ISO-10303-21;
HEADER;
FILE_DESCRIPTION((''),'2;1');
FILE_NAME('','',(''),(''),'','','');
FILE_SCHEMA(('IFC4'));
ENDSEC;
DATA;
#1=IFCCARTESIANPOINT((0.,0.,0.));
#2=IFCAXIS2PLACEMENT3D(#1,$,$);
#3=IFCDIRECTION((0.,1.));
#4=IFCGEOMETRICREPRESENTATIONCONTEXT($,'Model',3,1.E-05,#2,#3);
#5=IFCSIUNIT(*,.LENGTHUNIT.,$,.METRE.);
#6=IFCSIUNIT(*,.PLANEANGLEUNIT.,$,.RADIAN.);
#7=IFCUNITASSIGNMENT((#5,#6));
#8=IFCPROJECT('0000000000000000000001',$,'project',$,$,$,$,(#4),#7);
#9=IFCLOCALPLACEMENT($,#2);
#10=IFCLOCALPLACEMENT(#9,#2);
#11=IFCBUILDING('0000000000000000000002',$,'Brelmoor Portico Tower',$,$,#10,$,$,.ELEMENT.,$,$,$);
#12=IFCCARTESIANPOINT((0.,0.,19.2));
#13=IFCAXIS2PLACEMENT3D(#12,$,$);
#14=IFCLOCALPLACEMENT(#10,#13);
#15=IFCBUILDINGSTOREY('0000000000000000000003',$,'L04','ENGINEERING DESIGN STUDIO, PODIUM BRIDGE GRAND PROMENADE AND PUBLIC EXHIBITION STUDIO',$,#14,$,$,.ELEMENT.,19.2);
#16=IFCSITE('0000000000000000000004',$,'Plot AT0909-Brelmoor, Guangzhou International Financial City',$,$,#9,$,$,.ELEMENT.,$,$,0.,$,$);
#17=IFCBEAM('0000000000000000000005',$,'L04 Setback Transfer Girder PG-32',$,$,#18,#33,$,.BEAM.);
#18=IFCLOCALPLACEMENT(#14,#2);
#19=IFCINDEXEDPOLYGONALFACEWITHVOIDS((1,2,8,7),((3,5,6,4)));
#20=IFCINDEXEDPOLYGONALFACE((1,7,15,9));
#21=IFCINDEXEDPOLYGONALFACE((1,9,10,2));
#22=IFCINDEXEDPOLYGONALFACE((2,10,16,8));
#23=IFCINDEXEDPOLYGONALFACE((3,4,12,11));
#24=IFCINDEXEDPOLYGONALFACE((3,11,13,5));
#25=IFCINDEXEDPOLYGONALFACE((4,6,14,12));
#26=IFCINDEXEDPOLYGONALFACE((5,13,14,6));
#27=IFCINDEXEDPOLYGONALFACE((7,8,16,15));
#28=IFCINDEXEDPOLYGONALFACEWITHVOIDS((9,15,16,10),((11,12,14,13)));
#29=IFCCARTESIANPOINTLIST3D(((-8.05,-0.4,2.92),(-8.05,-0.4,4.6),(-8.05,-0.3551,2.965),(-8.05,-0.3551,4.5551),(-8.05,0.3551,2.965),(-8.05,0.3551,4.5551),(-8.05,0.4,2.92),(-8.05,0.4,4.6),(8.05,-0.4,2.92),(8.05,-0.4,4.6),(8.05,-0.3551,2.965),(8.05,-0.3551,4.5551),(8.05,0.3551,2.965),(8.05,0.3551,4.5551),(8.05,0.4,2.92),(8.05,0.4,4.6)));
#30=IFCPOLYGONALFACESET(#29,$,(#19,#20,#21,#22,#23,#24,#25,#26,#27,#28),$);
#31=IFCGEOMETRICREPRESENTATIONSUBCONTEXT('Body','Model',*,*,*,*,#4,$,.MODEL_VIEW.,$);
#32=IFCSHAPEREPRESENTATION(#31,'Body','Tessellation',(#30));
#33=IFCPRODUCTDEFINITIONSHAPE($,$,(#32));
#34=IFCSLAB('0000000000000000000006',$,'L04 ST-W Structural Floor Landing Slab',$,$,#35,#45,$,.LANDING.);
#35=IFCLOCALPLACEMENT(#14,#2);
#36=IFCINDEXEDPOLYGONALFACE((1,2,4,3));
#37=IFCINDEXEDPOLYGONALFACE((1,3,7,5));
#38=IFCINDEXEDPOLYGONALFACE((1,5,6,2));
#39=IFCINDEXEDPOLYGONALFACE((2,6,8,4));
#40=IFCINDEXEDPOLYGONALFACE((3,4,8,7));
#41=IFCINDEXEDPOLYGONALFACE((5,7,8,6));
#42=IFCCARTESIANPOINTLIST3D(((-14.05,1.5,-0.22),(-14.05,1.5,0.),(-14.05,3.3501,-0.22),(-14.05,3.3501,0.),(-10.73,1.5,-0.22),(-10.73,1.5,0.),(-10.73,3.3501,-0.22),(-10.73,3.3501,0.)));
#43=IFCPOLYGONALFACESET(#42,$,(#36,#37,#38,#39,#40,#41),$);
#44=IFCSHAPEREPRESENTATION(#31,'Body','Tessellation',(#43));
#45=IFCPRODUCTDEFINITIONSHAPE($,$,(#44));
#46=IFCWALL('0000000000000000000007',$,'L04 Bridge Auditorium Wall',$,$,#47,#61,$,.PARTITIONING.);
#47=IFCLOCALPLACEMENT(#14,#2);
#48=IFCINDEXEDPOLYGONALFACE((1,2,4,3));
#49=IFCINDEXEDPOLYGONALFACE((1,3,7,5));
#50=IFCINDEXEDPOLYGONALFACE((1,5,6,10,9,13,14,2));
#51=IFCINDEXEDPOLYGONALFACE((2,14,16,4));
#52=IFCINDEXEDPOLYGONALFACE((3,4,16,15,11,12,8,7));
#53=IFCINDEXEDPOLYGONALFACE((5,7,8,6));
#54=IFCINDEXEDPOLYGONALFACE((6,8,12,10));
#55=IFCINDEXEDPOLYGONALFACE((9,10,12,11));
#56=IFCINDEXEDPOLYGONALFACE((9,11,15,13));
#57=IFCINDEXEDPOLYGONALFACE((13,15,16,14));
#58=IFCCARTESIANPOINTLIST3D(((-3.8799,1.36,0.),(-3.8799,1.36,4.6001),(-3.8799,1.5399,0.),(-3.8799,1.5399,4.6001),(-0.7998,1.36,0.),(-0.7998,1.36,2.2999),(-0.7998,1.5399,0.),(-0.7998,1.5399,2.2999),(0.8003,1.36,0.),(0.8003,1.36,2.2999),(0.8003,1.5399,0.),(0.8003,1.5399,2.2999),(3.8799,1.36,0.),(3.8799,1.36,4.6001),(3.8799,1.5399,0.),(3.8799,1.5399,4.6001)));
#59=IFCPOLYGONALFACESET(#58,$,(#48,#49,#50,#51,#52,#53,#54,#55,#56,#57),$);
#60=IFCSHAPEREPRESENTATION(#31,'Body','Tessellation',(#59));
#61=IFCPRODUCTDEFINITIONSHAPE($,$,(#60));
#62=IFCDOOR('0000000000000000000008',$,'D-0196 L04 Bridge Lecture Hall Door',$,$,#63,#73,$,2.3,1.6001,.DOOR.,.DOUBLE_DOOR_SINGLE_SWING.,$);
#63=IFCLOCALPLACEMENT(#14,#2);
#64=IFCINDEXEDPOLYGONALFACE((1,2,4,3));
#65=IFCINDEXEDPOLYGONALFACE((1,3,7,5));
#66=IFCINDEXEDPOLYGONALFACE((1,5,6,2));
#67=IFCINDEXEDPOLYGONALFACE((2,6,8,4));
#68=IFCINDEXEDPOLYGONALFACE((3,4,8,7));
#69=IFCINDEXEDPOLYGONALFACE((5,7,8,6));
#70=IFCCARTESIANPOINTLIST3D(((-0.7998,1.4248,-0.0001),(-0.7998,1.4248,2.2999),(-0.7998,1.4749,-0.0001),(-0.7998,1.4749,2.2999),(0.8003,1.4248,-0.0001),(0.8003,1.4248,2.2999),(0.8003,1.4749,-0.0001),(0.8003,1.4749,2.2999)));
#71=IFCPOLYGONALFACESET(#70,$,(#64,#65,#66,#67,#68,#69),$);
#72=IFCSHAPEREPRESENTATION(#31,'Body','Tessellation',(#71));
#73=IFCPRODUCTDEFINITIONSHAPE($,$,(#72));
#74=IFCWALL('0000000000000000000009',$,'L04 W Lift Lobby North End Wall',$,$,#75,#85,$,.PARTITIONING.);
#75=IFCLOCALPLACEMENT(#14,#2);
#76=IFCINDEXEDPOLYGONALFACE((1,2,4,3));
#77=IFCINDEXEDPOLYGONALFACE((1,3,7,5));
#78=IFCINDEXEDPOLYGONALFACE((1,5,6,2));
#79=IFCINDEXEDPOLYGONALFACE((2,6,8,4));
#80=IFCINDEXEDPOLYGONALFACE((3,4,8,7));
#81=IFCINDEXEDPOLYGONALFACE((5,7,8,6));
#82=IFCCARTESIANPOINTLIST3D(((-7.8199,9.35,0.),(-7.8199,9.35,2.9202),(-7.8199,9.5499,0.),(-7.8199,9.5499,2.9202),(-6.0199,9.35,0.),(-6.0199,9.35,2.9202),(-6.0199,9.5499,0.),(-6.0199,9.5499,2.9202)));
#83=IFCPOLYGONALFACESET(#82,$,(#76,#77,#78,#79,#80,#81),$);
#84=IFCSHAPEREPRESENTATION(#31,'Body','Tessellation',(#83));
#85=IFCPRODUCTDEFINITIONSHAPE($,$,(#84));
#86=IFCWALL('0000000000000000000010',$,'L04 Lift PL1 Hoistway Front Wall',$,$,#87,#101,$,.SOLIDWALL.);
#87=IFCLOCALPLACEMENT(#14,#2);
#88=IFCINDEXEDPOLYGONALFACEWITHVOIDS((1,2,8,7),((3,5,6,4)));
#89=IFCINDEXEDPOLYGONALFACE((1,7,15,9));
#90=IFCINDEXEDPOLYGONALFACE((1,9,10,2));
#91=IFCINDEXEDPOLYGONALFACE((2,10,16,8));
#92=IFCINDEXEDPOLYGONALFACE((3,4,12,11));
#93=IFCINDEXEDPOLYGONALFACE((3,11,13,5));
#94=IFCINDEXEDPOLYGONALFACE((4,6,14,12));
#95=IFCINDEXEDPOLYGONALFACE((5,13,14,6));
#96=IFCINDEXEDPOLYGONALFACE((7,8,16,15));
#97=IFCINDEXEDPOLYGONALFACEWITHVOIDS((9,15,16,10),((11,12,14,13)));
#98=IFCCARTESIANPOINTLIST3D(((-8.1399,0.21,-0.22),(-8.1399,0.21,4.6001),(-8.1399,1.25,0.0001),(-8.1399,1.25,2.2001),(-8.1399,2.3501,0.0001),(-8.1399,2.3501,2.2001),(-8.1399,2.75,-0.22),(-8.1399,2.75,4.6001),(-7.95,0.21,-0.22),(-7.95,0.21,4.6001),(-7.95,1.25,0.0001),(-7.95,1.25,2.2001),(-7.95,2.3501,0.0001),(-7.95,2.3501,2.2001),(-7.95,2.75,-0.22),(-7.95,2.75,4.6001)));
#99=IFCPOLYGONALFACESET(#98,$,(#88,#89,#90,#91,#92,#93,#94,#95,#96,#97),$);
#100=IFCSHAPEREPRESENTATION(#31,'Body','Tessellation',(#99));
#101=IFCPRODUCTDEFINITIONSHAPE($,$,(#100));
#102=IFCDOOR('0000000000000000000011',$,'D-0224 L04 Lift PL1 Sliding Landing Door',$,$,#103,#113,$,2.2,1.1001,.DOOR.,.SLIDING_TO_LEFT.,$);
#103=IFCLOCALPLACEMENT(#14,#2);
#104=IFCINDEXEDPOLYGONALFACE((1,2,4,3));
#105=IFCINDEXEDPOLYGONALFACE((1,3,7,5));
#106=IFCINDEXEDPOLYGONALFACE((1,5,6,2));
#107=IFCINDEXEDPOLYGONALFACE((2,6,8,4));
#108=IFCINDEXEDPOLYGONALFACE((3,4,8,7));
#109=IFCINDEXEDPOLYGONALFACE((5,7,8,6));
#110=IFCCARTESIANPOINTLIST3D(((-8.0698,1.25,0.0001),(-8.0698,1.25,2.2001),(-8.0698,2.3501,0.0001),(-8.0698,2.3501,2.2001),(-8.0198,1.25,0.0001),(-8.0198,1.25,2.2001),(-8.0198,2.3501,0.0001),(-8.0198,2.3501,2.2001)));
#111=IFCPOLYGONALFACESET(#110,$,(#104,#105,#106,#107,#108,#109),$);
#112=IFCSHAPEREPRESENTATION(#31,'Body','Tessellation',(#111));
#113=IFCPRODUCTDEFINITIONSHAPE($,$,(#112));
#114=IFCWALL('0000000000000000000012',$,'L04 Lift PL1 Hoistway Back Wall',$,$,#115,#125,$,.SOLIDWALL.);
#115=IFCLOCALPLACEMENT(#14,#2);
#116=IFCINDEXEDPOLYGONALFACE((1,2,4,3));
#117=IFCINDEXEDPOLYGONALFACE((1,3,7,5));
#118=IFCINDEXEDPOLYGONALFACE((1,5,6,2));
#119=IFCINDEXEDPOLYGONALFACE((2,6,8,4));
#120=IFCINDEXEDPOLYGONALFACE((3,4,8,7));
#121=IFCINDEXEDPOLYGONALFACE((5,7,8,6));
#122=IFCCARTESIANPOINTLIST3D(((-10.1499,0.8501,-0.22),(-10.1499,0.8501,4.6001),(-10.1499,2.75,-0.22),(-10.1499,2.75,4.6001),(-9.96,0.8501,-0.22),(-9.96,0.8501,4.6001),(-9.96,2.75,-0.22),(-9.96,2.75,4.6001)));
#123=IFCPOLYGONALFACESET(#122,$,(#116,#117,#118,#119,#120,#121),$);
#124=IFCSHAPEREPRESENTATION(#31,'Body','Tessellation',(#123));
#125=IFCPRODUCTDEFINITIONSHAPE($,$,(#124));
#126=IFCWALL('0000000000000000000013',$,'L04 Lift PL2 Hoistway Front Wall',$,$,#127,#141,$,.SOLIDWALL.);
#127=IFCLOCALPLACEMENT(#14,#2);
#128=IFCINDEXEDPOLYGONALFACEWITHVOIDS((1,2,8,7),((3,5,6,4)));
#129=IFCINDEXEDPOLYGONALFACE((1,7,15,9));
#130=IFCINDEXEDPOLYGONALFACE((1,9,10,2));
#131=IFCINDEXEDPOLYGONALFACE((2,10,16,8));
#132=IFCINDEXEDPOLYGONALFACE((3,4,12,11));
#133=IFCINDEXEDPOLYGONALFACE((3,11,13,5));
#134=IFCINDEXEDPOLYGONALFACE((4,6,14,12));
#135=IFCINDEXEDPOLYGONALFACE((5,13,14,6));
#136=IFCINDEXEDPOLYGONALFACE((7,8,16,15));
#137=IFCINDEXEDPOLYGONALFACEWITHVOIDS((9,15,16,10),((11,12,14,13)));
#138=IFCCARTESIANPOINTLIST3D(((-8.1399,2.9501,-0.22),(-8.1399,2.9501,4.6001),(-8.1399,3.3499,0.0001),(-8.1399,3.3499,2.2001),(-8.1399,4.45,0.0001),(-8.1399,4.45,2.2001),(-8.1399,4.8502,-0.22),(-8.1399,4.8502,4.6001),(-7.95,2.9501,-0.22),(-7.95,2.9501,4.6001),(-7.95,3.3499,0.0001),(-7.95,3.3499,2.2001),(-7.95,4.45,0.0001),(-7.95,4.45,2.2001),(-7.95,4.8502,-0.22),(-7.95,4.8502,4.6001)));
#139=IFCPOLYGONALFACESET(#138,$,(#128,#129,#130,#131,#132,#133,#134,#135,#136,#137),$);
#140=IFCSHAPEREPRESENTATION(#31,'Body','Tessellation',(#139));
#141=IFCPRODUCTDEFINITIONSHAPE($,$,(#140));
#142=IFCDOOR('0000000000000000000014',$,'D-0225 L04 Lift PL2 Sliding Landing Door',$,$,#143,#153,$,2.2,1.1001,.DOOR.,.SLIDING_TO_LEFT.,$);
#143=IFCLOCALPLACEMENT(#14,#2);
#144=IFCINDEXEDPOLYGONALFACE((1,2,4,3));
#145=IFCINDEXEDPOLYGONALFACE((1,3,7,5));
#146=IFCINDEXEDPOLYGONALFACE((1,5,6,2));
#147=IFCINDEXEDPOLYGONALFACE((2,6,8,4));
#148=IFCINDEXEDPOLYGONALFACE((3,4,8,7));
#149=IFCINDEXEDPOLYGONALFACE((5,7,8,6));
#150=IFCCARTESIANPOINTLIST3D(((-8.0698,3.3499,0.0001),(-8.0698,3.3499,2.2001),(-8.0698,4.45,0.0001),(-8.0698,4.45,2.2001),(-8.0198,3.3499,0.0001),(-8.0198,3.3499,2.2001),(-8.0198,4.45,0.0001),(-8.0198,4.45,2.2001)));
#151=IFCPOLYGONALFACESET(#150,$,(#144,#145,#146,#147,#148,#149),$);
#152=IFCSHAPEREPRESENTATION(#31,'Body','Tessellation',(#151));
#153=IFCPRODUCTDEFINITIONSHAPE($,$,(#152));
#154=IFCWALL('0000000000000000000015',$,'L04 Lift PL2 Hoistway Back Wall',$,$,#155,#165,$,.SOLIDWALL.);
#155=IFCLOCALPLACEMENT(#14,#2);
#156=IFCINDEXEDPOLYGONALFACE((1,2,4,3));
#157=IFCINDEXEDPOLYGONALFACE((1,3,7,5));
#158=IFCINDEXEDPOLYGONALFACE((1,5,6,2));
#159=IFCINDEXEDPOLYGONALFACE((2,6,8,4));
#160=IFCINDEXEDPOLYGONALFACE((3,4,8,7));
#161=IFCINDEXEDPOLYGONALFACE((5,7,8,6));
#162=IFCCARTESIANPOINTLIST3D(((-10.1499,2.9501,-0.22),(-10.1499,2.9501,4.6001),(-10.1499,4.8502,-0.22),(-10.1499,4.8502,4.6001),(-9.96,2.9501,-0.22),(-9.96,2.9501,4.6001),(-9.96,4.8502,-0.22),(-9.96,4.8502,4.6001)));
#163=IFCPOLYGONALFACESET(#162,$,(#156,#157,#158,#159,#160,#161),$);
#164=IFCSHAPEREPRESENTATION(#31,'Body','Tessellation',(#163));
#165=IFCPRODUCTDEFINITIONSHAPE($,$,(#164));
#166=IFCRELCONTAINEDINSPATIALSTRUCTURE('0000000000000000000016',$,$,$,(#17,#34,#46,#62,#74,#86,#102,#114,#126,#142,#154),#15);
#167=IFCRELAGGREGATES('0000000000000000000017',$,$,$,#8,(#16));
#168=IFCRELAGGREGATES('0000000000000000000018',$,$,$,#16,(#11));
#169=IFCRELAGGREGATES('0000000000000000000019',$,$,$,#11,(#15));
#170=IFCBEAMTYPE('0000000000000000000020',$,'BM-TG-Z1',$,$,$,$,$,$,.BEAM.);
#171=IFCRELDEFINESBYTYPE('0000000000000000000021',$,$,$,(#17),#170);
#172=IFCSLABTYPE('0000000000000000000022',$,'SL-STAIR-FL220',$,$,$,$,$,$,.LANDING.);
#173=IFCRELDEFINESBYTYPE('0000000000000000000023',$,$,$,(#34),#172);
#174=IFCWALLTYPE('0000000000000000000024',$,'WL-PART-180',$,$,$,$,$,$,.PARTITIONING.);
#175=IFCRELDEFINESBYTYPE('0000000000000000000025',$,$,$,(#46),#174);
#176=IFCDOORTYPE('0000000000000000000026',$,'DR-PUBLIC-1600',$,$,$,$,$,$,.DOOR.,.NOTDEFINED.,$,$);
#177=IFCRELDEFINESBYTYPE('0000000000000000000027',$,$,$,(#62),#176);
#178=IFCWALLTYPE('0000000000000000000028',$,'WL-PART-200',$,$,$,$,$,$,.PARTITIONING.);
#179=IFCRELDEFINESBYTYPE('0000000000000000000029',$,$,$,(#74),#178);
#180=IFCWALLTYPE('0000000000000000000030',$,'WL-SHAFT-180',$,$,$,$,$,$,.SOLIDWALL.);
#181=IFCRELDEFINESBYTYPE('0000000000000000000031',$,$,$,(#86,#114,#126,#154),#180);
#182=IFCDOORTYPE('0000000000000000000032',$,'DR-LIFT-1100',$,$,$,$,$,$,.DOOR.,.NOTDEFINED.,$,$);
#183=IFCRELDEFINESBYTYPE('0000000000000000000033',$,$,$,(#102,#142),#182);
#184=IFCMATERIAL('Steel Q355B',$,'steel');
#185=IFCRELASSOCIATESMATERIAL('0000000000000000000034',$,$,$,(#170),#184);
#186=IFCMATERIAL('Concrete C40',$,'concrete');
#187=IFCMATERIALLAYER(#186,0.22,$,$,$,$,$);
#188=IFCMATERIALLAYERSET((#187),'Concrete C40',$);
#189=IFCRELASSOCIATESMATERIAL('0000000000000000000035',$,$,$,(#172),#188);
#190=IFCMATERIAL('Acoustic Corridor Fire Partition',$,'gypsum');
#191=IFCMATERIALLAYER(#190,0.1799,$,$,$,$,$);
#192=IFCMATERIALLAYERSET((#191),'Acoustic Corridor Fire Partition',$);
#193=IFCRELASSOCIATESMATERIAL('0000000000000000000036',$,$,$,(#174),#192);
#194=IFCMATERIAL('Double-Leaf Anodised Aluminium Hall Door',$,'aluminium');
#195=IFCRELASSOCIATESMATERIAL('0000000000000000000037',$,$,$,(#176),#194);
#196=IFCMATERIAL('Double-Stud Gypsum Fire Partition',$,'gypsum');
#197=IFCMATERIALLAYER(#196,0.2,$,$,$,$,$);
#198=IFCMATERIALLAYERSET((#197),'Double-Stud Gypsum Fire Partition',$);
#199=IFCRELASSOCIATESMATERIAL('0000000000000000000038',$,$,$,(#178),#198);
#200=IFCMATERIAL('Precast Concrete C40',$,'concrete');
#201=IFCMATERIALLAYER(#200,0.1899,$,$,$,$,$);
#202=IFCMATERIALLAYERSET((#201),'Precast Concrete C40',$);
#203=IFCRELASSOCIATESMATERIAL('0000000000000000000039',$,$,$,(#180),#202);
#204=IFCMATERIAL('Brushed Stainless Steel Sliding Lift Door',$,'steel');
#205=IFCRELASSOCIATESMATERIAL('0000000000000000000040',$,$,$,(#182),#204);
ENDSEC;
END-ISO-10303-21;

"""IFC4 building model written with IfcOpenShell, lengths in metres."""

from ifc_helpers import new_model, si_unit, direction, frame, frame_2d, origin, origin_2d, place, context, subcontext, project, spatial, polyline, rectangle, hollow_rectangle, outline, extrude, material, layer, layer_set, material_profile, profile_set, type_object, element, fill, save


model = new_model("IFC4")

# Units and contexts
model_context = context("Model", 3, precision=1e-05, world=origin(), true_north=direction((0.0, 1.0)))
body_context = subcontext(model_context, "Body", "Model", "MODEL_VIEW")
ifc_project = project(units=[si_unit("LENGTHUNIT", "METRE"), si_unit("PLANEANGLEUNIT", "RADIAN")], contexts=[model_context])

# Site, building, storey
site_placement = place(None, origin())
site = spatial("IfcSite", under=ifc_project, at=site_placement, Name="Plot AT0909-Brelmoor, Guangzhou International Financial City", CompositionType="ELEMENT", RefElevation=0.0)
building_placement = place(site_placement, origin())
building = spatial("IfcBuilding", under=site, at=building_placement, Name="Brelmoor Portico Tower", CompositionType="ELEMENT")
storey_placement = place(building_placement, frame((0.0, 0.0, 19.2)))
storey = spatial("IfcBuildingStorey", under=building, at=storey_placement, Name="L04", Description="ENGINEERING DESIGN STUDIO, PODIUM BRIDGE GRAND PROMENADE AND PUBLIC EXHIBITION STUDIO", CompositionType="ELEMENT", Elevation=19.2)

# Beam
ifc_material_1 = material(Name="Steel Q355B", Category="steel")
ifc_material_profile = material_profile(ifc_material_1, hollow_rectangle(XDim=0.8, YDim=1.6799, WallThickness=0.0449, at=origin_2d()), Name="BOX 800x1680x45")
ifc_profile_set = profile_set([ifc_material_profile], Name="Steel Q355B")
beam_type = type_object("IfcBeamType", Name="BM-TG-Z1", PredefinedType="BEAM", material=ifc_profile_set)
beam_placement = place(storey_placement, frame((-8.05, 0.0, 3.76), z_axis=(1.0, 0.0, 0.0), x_axis=(0.0, 1.0, 0.0)))
element("IfcBeam", 1, at=beam_placement, inside=storey, type_object=beam_type, Name="L04 Setback Transfer Girder PG-32", PredefinedType="BEAM", context=body_context, shape_type="SweptSolid", body=[
    extrude(hollow_rectangle(XDim=0.8, YDim=1.6799, WallThickness=0.0449, at=origin_2d()), origin(), (0.0, 0.0, 1.0), 16.1001),
])

# Slab
ifc_material_2 = material(Name="Concrete C40", Category="concrete")
ifc_layer_1 = layer(ifc_material_2, 0.22)
ifc_layer_set_1 = layer_set([ifc_layer_1], Name="Concrete C40")
slab_type = type_object("IfcSlabType", Name="SL-STAIR-FL220", PredefinedType="LANDING", material=ifc_layer_set_1)
slab_placement = place(storey_placement, frame((0.0, 0.0, -0.22)))
element("IfcSlab", 2, at=slab_placement, inside=storey, type_object=slab_type, Name="L04 ST-W Structural Floor Landing Slab", PredefinedType="LANDING", context=body_context, shape_type="SweptSolid", body=[
    extrude(outline(polyline([(-10.73, 1.5), (-10.73, 3.3501), (-14.05, 3.3501), (-14.05, 1.5), (-10.73, 1.5)])), origin(), (0.0, 0.0, 1.0), 0.22),
])

# Wall, opening, door
ifc_material_3 = material(Name="Acoustic Corridor Fire Partition", Category="gypsum")
ifc_layer_2 = layer(ifc_material_3, 0.1799)
ifc_layer_set_2 = layer_set([ifc_layer_2], Name="Acoustic Corridor Fire Partition")
wall_type_1 = type_object("IfcWallType", Name="WL-PART-180", PredefinedType="PARTITIONING", material=ifc_layer_set_2)
wall_1_placement = place(storey_placement, frame((-3.8799, 1.45, 0.0), z_axis=(0.0, 0.0, 1.0), x_axis=(1.0, 0.0, 0.0)))
wall_1 = element("IfcWall", 3, at=wall_1_placement, inside=storey, type_object=wall_type_1, Name="L04 Bridge Auditorium Wall", PredefinedType="PARTITIONING", context=body_context, shape_type="SweptSolid", body=[
    extrude(rectangle(XDim=7.7598, YDim=0.1799, at=frame_2d((3.8799, 0.0))), origin(), (0.0, 0.0, 1.0), 4.6001),
])
opening_1_placement = place(wall_1_placement, frame((3.0801, 0.0, 0.0)))
opening_1 = element("IfcOpeningElement", 4, at=opening_1_placement, cuts=wall_1, PredefinedType="OPENING", context=body_context, shape_type="SweptSolid", body=[
    extrude(rectangle(XDim=1.6001, YDim=2.3, at=frame_2d((0.8, 1.1499))), frame((0.0, 0.0999, 0.0), z_axis=(0.0, -1.0, 0.0), x_axis=(1.0, 0.0, 0.0)), (0.0, 0.0, 1.0), 0.2),
])
ifc_material_4 = material(Name="Double-Leaf Anodised Aluminium Hall Door", Category="aluminium")
door_type_1 = type_object("IfcDoorType", Name="DR-PUBLIC-1600", OperationType="NOTDEFINED", PredefinedType="DOOR", material=ifc_material_4)
door_1_placement = place(opening_1_placement, origin())
door_1 = element("IfcDoor", 5, at=door_1_placement, inside=storey, type_object=door_type_1, Name="D-0196 L04 Bridge Lecture Hall Door", OperationType="DOUBLE_DOOR_SINGLE_SWING", OverallHeight=2.3, OverallWidth=1.6001, PredefinedType="DOOR", context=body_context, shape_type="SweptSolid", body=[
    extrude(rectangle(XDim=1.6001, YDim=2.3, at=frame_2d((0.8, 1.1499))), frame((0.0, 0.0249, 0.0), z_axis=(0.0, -1.0, 0.0), x_axis=(1.0, 0.0, 0.0)), (0.0, 0.0, 1.0), 0.05),
])
fill(opening_1, door_1)

# Wall
ifc_material_5 = material(Name="Double-Stud Gypsum Fire Partition", Category="gypsum")
ifc_layer_3 = layer(ifc_material_5, 0.2)
ifc_layer_set_3 = layer_set([ifc_layer_3], Name="Double-Stud Gypsum Fire Partition")
wall_type_2 = type_object("IfcWallType", Name="WL-PART-200", PredefinedType="PARTITIONING", material=ifc_layer_set_3)
wall_2_placement = place(storey_placement, frame((-6.02, 9.45, 0.0), z_axis=(0.0, 0.0, 1.0), x_axis=(-1.0, 0.0, 0.0)))
element("IfcWall", 6, at=wall_2_placement, inside=storey, type_object=wall_type_2, Name="L04 W Lift Lobby North End Wall", PredefinedType="PARTITIONING", context=body_context, shape_type="SweptSolid", body=[
    extrude(rectangle(XDim=1.8, YDim=0.2, at=frame_2d((0.8999, 0.0))), origin(), (0.0, 0.0, 1.0), 2.9202),
])

# Wall, opening, door
ifc_material_6 = material(Name="Precast Concrete C40", Category="concrete")
ifc_layer_4 = layer(ifc_material_6, 0.1899)
ifc_layer_set_4 = layer_set([ifc_layer_4], Name="Precast Concrete C40")
wall_type_3 = type_object("IfcWallType", Name="WL-SHAFT-180", PredefinedType="SOLIDWALL", material=ifc_layer_set_4)
wall_3_placement = place(storey_placement, frame((-8.0449, 0.21, -0.22), z_axis=(0.0, 0.0, 1.0), x_axis=(0.0, 1.0, 0.0)))
wall_3 = element("IfcWall", 7, at=wall_3_placement, inside=storey, type_object=wall_type_3, Name="L04 Lift PL1 Hoistway Front Wall", PredefinedType="SOLIDWALL", context=body_context, shape_type="SweptSolid", body=[
    extrude(rectangle(XDim=2.54, YDim=0.1899, at=frame_2d((1.27, 0.0))), origin(), (0.0, 0.0, 1.0), 4.8201),
])
opening_2_placement = place(wall_3_placement, frame((1.04, 0.0, 0.22)))
opening_2 = element("IfcOpeningElement", 8, at=opening_2_placement, cuts=wall_3, PredefinedType="OPENING", context=body_context, shape_type="SweptSolid", body=[
    extrude(rectangle(XDim=1.1001, YDim=2.2, at=frame_2d((0.55, 1.1001))), frame((0.0, 0.105, 0.0), z_axis=(0.0, -1.0, 0.0), x_axis=(1.0, 0.0, 0.0)), (0.0, 0.0, 1.0), 0.21),
])
ifc_material_7 = material(Name="Brushed Stainless Steel Sliding Lift Door", Category="steel")
door_type_2 = type_object("IfcDoorType", Name="DR-LIFT-1100", OperationType="NOTDEFINED", PredefinedType="DOOR", material=ifc_material_7)
door_2_placement = place(opening_2_placement, origin())
door_2 = element("IfcDoor", 9, at=door_2_placement, inside=storey, type_object=door_type_2, Name="D-0224 L04 Lift PL1 Sliding Landing Door", OperationType="SLIDING_TO_LEFT", OverallHeight=2.2, OverallWidth=1.1001, PredefinedType="DOOR", context=body_context, shape_type="SweptSolid", body=[
    extrude(rectangle(XDim=1.1001, YDim=2.2, at=frame_2d((0.55, 1.1001))), frame((0.0, 0.0249, 0.0), z_axis=(0.0, -1.0, 0.0), x_axis=(1.0, 0.0, 0.0)), (0.0, 0.0, 1.0), 0.05),
])
fill(opening_2, door_2)

# Wall
wall_4_placement = place(storey_placement, frame((-10.0549, 0.8501, -0.22), z_axis=(0.0, 0.0, 1.0), x_axis=(0.0, 1.0, 0.0)))
element("IfcWall", 10, at=wall_4_placement, inside=storey, type_object=wall_type_3, Name="L04 Lift PL1 Hoistway Back Wall", PredefinedType="SOLIDWALL", context=body_context, shape_type="SweptSolid", body=[
    extrude(rectangle(XDim=1.8999, YDim=0.1899, at=frame_2d((0.95, 0.0))), origin(), (0.0, 0.0, 1.0), 4.8201),
])

# Wall, opening, door
wall_5_placement = place(storey_placement, frame((-8.0449, 2.95, -0.22), z_axis=(0.0, 0.0, 1.0), x_axis=(0.0, 1.0, 0.0)))
wall_5 = element("IfcWall", 11, at=wall_5_placement, inside=storey, type_object=wall_type_3, Name="L04 Lift PL2 Hoistway Front Wall", PredefinedType="SOLIDWALL", context=body_context, shape_type="SweptSolid", body=[
    extrude(rectangle(XDim=1.9001, YDim=0.1899, at=frame_2d((0.9502, 0.0))), origin(), (0.0, 0.0, 1.0), 4.8201),
])
opening_3_placement = place(wall_5_placement, frame((0.3999, 0.0, 0.22)))
opening_3 = element("IfcOpeningElement", 12, at=opening_3_placement, cuts=wall_5, PredefinedType="OPENING", context=body_context, shape_type="SweptSolid", body=[
    extrude(rectangle(XDim=1.1001, YDim=2.2, at=frame_2d((0.55, 1.1001))), frame((0.0, 0.105, 0.0), z_axis=(0.0, -1.0, 0.0), x_axis=(1.0, 0.0, 0.0)), (0.0, 0.0, 1.0), 0.21),
])
door_3_placement = place(opening_3_placement, origin())
door_3 = element("IfcDoor", 13, at=door_3_placement, inside=storey, type_object=door_type_2, Name="D-0225 L04 Lift PL2 Sliding Landing Door", OperationType="SLIDING_TO_LEFT", OverallHeight=2.2, OverallWidth=1.1001, PredefinedType="DOOR", context=body_context, shape_type="SweptSolid", body=[
    extrude(rectangle(XDim=1.1001, YDim=2.2, at=frame_2d((0.55, 1.1001))), frame((0.0, 0.0249, 0.0), z_axis=(0.0, -1.0, 0.0), x_axis=(1.0, 0.0, 0.0)), (0.0, 0.0, 1.0), 0.05),
])
fill(opening_3, door_3)

# Wall
wall_6_placement = place(storey_placement, frame((-10.0549, 2.95, -0.22), z_axis=(0.0, 0.0, 1.0), x_axis=(0.0, 1.0, 0.0)))
element("IfcWall", 14, at=wall_6_placement, inside=storey, type_object=wall_type_3, Name="L04 Lift PL2 Hoistway Back Wall", PredefinedType="SOLIDWALL", context=body_context, shape_type="SweptSolid", body=[
    extrude(rectangle(XDim=1.9001, YDim=0.1899, at=frame_2d((0.9502, 0.0))), origin(), (0.0, 0.0, 1.0), 4.8201),
])

save(model, "model.ifc")
